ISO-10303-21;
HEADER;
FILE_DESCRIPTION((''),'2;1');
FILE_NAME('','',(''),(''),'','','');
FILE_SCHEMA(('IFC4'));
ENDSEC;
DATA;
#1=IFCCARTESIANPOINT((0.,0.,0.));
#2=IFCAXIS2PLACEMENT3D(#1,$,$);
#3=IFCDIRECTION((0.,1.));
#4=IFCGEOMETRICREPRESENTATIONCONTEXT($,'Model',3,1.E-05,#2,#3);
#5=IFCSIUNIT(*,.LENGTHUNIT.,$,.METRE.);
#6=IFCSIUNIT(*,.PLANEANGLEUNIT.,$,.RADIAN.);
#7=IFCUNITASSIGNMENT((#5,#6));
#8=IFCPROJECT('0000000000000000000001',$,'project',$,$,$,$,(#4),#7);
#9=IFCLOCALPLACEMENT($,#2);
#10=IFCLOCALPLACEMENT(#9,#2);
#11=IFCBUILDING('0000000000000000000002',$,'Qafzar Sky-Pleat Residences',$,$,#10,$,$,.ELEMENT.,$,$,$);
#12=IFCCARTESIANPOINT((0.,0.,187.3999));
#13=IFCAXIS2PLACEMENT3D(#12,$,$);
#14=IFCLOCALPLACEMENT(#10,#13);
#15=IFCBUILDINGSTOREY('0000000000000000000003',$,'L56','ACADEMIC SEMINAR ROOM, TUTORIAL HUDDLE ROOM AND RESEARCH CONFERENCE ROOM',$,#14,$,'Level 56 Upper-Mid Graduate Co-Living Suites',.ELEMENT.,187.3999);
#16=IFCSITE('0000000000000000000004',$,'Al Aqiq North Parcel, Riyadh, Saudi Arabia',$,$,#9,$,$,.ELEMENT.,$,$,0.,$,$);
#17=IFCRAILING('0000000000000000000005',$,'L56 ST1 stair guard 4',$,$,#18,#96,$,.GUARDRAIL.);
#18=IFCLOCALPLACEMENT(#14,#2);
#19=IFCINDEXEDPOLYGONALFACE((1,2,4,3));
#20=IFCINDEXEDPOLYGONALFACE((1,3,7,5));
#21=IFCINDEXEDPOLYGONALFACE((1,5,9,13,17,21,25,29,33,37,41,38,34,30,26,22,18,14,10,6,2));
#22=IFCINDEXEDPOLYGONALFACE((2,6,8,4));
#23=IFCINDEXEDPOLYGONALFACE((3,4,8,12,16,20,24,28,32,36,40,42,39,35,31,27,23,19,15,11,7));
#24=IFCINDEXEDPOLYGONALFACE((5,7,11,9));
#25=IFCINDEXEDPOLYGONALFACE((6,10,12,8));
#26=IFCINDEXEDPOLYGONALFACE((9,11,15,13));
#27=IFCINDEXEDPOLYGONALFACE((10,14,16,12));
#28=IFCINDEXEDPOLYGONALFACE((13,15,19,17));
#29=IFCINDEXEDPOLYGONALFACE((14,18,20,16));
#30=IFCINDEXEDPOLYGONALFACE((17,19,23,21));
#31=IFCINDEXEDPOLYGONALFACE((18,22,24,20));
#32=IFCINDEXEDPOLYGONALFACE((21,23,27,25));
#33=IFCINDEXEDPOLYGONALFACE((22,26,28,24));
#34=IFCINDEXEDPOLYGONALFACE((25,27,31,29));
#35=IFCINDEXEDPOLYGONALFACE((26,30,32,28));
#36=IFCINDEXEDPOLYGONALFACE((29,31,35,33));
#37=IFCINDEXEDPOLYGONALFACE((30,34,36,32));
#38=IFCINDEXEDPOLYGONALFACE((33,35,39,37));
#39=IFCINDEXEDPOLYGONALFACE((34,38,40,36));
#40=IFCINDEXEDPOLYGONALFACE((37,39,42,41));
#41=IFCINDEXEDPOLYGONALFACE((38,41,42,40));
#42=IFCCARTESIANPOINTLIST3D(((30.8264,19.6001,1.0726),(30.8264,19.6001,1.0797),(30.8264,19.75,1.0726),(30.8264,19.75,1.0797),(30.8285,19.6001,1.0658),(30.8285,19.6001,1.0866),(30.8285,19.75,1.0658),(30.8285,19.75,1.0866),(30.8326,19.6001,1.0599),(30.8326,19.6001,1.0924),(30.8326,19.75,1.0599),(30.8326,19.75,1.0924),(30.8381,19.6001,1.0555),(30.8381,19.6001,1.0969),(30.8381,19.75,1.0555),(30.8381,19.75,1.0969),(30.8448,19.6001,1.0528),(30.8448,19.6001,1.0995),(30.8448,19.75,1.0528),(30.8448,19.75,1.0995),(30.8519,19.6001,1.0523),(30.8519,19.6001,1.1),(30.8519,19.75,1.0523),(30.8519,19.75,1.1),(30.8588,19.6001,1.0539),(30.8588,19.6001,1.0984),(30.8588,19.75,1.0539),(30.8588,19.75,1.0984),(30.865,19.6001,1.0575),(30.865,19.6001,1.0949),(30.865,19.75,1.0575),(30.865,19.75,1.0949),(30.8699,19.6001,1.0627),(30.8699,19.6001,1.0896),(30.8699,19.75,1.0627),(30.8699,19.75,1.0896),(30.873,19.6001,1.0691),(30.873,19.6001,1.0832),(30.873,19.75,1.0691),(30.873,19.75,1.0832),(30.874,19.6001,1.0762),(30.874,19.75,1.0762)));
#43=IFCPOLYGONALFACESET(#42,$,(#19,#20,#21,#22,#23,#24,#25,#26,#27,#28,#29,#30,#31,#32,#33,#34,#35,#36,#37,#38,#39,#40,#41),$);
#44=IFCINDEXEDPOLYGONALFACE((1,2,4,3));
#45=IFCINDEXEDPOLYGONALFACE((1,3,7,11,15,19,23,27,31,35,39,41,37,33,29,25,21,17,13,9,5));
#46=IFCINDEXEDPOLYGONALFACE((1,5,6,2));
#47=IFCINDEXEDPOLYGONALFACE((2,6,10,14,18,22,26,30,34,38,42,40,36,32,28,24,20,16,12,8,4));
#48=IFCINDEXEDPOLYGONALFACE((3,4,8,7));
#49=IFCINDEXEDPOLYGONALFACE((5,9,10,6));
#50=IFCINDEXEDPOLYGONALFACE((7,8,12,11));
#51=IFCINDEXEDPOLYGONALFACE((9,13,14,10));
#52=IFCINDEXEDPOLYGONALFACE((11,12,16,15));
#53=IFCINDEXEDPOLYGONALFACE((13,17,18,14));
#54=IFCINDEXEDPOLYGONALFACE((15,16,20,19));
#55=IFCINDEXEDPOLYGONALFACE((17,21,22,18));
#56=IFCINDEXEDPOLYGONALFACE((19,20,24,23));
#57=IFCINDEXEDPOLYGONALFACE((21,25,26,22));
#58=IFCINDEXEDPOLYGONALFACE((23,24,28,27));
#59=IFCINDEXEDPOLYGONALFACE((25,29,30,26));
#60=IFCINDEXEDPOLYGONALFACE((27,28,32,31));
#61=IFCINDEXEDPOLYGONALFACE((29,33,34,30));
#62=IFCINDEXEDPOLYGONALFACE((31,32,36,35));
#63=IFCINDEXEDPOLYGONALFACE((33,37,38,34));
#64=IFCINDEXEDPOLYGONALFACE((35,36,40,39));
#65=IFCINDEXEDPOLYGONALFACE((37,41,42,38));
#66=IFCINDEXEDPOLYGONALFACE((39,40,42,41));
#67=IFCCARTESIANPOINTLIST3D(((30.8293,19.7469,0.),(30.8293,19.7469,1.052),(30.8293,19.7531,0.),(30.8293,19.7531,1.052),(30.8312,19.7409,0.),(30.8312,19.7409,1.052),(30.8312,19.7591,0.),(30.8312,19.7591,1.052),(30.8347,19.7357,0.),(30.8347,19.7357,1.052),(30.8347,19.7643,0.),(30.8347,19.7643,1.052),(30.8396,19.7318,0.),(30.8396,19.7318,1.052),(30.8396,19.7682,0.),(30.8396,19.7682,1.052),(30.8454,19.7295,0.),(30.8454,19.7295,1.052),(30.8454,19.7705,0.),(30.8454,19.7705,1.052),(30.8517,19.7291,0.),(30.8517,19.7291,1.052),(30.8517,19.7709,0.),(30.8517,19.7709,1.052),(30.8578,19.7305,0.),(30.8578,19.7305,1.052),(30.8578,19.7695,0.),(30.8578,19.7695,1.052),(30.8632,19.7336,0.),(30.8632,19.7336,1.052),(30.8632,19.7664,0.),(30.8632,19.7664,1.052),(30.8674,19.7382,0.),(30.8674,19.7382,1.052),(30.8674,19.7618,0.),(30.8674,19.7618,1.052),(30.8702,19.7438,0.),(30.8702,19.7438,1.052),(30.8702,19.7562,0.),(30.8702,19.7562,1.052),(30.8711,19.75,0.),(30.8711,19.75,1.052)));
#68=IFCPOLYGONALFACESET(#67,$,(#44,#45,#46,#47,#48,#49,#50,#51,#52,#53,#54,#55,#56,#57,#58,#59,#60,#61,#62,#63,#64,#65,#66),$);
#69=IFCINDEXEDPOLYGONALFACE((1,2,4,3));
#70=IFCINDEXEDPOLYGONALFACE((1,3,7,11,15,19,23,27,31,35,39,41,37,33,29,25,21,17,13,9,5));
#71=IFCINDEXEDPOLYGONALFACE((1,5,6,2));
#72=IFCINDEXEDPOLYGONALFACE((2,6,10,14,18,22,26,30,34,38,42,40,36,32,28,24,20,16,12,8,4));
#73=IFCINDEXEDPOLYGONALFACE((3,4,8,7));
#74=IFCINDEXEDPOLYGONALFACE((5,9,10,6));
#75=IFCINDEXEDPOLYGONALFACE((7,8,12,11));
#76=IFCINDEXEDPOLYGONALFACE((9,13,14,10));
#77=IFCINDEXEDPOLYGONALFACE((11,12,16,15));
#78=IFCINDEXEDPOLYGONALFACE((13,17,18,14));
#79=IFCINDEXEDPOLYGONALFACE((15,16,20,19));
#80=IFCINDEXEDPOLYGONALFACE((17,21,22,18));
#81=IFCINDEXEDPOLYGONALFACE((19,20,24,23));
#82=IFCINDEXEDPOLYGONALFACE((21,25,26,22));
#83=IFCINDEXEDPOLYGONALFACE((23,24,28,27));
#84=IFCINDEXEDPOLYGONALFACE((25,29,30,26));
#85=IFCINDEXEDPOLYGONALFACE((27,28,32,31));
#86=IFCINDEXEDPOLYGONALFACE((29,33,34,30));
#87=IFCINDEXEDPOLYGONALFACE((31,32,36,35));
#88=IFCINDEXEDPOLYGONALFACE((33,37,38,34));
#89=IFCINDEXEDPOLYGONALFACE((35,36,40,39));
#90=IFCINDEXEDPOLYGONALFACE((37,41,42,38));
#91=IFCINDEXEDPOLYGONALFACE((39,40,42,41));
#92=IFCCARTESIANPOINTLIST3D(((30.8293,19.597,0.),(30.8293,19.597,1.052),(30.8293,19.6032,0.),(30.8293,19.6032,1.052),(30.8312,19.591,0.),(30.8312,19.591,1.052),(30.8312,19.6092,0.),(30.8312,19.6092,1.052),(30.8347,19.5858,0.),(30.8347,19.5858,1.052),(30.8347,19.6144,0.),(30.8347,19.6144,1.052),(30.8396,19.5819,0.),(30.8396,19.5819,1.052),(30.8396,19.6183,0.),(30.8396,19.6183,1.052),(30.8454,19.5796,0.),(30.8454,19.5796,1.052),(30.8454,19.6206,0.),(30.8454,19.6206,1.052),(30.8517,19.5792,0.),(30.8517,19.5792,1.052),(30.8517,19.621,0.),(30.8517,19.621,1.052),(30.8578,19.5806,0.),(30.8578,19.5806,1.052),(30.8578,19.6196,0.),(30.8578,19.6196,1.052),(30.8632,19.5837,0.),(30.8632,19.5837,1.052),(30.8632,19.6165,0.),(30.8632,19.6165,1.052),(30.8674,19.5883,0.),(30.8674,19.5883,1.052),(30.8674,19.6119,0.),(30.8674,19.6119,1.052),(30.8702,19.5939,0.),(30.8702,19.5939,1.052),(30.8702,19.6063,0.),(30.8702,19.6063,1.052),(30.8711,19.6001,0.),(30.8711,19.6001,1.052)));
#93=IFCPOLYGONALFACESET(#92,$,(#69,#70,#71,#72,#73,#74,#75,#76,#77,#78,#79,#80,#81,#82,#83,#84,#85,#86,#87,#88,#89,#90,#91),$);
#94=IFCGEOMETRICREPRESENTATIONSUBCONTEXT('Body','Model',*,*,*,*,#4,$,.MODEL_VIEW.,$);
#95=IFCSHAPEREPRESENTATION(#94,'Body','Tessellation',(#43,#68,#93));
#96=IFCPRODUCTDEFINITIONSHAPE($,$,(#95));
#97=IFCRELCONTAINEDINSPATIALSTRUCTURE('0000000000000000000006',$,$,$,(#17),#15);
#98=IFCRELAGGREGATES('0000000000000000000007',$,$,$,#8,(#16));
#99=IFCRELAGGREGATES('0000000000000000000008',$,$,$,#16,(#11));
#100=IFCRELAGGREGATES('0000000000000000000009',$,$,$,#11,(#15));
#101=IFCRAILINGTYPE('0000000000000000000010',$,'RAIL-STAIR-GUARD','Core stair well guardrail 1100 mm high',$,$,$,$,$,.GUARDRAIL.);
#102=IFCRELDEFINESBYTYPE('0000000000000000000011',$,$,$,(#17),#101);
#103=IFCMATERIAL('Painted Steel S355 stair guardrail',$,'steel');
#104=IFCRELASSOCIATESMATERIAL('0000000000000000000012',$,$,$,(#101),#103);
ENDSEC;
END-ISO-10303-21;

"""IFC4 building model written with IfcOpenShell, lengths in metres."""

from ifc_helpers import new_model, si_unit, direction, frame, origin, origin_2d, place, context, subcontext, project, spatial, circle, extrude, source, transform, mapped, material, type_object, element, save


model = new_model("IFC4")

# Units and contexts
model_context = context("Model", 3, precision=1e-05, world=origin(), true_north=direction((0.0, 1.0)))
body_context = subcontext(model_context, "Body", "Model", "MODEL_VIEW")
ifc_project = project(units=[si_unit("LENGTHUNIT", "METRE"), si_unit("PLANEANGLEUNIT", "RADIAN")], contexts=[model_context])

# Site, building, storey
site_placement = place(None, origin())
site = spatial("IfcSite", under=ifc_project, at=site_placement, Name="Al Aqiq North Parcel, Riyadh, Saudi Arabia", CompositionType="ELEMENT", RefElevation=0.0)
building_placement = place(site_placement, origin())
building = spatial("IfcBuilding", under=site, at=building_placement, Name="Qafzar Sky-Pleat Residences", CompositionType="ELEMENT")
storey_placement = place(building_placement, frame((0.0, 0.0, 187.3999)))
storey = spatial("IfcBuildingStorey", under=building, at=storey_placement, Name="L56", Description="ACADEMIC SEMINAR ROOM, TUTORIAL HUDDLE ROOM AND RESEARCH CONFERENCE ROOM", LongName="Level 56 Upper-Mid Graduate Co-Living Suites", CompositionType="ELEMENT", Elevation=187.3999)

# Railing
ifc_material_1 = material(Name="Painted Steel S355 stair guardrail", Category="steel")
railing_type_1 = type_object("IfcRailingType", Name="RAIL-STAIR-GUARD", Description="Core stair well guardrail 1100 mm high", PredefinedType="GUARDRAIL", material=ifc_material_1)
shared_shape_1 = source(origin(), body_context, "Body", "SweptSolid", [
    extrude(circle(Radius=0.0239, at=origin_2d()), frame((0.0, 0.0, 1.0762), z_axis=(0.0, -1.0, 0.0), x_axis=(1.0, 0.0, 0.0)), (0.0, 0.0, 1.0), 0.1499),
    extrude(circle(Radius=0.021, at=origin_2d()), origin(), (0.0, 0.0, 1.0), 1.052),
    extrude(circle(Radius=0.021, at=origin_2d()), frame((0.0, -0.1499, 0.0)), (0.0, 0.0, 1.0), 1.052),
])
for number, where, name in (
    (1, (30.8501, 19.75, 0.0), "L56 ST1 stair guard 4"),
):
    element("IfcRailing", number, at=place(storey_placement, frame(where)), inside=storey, type_object=railing_type_1, Name=name, PredefinedType="GUARDRAIL", context=body_context, shape_type="MappedRepresentation", body=[
        mapped(shared_shape_1, transform((0.0, 0.0, 0.0), x_axis=(1.0, 0.0, 0.0), y_axis=(0.0, 1.0, 0.0), z_axis=(0.0, 0.0, 1.0), scale=1.0)),
    ])

save(model, "model.ifc")
